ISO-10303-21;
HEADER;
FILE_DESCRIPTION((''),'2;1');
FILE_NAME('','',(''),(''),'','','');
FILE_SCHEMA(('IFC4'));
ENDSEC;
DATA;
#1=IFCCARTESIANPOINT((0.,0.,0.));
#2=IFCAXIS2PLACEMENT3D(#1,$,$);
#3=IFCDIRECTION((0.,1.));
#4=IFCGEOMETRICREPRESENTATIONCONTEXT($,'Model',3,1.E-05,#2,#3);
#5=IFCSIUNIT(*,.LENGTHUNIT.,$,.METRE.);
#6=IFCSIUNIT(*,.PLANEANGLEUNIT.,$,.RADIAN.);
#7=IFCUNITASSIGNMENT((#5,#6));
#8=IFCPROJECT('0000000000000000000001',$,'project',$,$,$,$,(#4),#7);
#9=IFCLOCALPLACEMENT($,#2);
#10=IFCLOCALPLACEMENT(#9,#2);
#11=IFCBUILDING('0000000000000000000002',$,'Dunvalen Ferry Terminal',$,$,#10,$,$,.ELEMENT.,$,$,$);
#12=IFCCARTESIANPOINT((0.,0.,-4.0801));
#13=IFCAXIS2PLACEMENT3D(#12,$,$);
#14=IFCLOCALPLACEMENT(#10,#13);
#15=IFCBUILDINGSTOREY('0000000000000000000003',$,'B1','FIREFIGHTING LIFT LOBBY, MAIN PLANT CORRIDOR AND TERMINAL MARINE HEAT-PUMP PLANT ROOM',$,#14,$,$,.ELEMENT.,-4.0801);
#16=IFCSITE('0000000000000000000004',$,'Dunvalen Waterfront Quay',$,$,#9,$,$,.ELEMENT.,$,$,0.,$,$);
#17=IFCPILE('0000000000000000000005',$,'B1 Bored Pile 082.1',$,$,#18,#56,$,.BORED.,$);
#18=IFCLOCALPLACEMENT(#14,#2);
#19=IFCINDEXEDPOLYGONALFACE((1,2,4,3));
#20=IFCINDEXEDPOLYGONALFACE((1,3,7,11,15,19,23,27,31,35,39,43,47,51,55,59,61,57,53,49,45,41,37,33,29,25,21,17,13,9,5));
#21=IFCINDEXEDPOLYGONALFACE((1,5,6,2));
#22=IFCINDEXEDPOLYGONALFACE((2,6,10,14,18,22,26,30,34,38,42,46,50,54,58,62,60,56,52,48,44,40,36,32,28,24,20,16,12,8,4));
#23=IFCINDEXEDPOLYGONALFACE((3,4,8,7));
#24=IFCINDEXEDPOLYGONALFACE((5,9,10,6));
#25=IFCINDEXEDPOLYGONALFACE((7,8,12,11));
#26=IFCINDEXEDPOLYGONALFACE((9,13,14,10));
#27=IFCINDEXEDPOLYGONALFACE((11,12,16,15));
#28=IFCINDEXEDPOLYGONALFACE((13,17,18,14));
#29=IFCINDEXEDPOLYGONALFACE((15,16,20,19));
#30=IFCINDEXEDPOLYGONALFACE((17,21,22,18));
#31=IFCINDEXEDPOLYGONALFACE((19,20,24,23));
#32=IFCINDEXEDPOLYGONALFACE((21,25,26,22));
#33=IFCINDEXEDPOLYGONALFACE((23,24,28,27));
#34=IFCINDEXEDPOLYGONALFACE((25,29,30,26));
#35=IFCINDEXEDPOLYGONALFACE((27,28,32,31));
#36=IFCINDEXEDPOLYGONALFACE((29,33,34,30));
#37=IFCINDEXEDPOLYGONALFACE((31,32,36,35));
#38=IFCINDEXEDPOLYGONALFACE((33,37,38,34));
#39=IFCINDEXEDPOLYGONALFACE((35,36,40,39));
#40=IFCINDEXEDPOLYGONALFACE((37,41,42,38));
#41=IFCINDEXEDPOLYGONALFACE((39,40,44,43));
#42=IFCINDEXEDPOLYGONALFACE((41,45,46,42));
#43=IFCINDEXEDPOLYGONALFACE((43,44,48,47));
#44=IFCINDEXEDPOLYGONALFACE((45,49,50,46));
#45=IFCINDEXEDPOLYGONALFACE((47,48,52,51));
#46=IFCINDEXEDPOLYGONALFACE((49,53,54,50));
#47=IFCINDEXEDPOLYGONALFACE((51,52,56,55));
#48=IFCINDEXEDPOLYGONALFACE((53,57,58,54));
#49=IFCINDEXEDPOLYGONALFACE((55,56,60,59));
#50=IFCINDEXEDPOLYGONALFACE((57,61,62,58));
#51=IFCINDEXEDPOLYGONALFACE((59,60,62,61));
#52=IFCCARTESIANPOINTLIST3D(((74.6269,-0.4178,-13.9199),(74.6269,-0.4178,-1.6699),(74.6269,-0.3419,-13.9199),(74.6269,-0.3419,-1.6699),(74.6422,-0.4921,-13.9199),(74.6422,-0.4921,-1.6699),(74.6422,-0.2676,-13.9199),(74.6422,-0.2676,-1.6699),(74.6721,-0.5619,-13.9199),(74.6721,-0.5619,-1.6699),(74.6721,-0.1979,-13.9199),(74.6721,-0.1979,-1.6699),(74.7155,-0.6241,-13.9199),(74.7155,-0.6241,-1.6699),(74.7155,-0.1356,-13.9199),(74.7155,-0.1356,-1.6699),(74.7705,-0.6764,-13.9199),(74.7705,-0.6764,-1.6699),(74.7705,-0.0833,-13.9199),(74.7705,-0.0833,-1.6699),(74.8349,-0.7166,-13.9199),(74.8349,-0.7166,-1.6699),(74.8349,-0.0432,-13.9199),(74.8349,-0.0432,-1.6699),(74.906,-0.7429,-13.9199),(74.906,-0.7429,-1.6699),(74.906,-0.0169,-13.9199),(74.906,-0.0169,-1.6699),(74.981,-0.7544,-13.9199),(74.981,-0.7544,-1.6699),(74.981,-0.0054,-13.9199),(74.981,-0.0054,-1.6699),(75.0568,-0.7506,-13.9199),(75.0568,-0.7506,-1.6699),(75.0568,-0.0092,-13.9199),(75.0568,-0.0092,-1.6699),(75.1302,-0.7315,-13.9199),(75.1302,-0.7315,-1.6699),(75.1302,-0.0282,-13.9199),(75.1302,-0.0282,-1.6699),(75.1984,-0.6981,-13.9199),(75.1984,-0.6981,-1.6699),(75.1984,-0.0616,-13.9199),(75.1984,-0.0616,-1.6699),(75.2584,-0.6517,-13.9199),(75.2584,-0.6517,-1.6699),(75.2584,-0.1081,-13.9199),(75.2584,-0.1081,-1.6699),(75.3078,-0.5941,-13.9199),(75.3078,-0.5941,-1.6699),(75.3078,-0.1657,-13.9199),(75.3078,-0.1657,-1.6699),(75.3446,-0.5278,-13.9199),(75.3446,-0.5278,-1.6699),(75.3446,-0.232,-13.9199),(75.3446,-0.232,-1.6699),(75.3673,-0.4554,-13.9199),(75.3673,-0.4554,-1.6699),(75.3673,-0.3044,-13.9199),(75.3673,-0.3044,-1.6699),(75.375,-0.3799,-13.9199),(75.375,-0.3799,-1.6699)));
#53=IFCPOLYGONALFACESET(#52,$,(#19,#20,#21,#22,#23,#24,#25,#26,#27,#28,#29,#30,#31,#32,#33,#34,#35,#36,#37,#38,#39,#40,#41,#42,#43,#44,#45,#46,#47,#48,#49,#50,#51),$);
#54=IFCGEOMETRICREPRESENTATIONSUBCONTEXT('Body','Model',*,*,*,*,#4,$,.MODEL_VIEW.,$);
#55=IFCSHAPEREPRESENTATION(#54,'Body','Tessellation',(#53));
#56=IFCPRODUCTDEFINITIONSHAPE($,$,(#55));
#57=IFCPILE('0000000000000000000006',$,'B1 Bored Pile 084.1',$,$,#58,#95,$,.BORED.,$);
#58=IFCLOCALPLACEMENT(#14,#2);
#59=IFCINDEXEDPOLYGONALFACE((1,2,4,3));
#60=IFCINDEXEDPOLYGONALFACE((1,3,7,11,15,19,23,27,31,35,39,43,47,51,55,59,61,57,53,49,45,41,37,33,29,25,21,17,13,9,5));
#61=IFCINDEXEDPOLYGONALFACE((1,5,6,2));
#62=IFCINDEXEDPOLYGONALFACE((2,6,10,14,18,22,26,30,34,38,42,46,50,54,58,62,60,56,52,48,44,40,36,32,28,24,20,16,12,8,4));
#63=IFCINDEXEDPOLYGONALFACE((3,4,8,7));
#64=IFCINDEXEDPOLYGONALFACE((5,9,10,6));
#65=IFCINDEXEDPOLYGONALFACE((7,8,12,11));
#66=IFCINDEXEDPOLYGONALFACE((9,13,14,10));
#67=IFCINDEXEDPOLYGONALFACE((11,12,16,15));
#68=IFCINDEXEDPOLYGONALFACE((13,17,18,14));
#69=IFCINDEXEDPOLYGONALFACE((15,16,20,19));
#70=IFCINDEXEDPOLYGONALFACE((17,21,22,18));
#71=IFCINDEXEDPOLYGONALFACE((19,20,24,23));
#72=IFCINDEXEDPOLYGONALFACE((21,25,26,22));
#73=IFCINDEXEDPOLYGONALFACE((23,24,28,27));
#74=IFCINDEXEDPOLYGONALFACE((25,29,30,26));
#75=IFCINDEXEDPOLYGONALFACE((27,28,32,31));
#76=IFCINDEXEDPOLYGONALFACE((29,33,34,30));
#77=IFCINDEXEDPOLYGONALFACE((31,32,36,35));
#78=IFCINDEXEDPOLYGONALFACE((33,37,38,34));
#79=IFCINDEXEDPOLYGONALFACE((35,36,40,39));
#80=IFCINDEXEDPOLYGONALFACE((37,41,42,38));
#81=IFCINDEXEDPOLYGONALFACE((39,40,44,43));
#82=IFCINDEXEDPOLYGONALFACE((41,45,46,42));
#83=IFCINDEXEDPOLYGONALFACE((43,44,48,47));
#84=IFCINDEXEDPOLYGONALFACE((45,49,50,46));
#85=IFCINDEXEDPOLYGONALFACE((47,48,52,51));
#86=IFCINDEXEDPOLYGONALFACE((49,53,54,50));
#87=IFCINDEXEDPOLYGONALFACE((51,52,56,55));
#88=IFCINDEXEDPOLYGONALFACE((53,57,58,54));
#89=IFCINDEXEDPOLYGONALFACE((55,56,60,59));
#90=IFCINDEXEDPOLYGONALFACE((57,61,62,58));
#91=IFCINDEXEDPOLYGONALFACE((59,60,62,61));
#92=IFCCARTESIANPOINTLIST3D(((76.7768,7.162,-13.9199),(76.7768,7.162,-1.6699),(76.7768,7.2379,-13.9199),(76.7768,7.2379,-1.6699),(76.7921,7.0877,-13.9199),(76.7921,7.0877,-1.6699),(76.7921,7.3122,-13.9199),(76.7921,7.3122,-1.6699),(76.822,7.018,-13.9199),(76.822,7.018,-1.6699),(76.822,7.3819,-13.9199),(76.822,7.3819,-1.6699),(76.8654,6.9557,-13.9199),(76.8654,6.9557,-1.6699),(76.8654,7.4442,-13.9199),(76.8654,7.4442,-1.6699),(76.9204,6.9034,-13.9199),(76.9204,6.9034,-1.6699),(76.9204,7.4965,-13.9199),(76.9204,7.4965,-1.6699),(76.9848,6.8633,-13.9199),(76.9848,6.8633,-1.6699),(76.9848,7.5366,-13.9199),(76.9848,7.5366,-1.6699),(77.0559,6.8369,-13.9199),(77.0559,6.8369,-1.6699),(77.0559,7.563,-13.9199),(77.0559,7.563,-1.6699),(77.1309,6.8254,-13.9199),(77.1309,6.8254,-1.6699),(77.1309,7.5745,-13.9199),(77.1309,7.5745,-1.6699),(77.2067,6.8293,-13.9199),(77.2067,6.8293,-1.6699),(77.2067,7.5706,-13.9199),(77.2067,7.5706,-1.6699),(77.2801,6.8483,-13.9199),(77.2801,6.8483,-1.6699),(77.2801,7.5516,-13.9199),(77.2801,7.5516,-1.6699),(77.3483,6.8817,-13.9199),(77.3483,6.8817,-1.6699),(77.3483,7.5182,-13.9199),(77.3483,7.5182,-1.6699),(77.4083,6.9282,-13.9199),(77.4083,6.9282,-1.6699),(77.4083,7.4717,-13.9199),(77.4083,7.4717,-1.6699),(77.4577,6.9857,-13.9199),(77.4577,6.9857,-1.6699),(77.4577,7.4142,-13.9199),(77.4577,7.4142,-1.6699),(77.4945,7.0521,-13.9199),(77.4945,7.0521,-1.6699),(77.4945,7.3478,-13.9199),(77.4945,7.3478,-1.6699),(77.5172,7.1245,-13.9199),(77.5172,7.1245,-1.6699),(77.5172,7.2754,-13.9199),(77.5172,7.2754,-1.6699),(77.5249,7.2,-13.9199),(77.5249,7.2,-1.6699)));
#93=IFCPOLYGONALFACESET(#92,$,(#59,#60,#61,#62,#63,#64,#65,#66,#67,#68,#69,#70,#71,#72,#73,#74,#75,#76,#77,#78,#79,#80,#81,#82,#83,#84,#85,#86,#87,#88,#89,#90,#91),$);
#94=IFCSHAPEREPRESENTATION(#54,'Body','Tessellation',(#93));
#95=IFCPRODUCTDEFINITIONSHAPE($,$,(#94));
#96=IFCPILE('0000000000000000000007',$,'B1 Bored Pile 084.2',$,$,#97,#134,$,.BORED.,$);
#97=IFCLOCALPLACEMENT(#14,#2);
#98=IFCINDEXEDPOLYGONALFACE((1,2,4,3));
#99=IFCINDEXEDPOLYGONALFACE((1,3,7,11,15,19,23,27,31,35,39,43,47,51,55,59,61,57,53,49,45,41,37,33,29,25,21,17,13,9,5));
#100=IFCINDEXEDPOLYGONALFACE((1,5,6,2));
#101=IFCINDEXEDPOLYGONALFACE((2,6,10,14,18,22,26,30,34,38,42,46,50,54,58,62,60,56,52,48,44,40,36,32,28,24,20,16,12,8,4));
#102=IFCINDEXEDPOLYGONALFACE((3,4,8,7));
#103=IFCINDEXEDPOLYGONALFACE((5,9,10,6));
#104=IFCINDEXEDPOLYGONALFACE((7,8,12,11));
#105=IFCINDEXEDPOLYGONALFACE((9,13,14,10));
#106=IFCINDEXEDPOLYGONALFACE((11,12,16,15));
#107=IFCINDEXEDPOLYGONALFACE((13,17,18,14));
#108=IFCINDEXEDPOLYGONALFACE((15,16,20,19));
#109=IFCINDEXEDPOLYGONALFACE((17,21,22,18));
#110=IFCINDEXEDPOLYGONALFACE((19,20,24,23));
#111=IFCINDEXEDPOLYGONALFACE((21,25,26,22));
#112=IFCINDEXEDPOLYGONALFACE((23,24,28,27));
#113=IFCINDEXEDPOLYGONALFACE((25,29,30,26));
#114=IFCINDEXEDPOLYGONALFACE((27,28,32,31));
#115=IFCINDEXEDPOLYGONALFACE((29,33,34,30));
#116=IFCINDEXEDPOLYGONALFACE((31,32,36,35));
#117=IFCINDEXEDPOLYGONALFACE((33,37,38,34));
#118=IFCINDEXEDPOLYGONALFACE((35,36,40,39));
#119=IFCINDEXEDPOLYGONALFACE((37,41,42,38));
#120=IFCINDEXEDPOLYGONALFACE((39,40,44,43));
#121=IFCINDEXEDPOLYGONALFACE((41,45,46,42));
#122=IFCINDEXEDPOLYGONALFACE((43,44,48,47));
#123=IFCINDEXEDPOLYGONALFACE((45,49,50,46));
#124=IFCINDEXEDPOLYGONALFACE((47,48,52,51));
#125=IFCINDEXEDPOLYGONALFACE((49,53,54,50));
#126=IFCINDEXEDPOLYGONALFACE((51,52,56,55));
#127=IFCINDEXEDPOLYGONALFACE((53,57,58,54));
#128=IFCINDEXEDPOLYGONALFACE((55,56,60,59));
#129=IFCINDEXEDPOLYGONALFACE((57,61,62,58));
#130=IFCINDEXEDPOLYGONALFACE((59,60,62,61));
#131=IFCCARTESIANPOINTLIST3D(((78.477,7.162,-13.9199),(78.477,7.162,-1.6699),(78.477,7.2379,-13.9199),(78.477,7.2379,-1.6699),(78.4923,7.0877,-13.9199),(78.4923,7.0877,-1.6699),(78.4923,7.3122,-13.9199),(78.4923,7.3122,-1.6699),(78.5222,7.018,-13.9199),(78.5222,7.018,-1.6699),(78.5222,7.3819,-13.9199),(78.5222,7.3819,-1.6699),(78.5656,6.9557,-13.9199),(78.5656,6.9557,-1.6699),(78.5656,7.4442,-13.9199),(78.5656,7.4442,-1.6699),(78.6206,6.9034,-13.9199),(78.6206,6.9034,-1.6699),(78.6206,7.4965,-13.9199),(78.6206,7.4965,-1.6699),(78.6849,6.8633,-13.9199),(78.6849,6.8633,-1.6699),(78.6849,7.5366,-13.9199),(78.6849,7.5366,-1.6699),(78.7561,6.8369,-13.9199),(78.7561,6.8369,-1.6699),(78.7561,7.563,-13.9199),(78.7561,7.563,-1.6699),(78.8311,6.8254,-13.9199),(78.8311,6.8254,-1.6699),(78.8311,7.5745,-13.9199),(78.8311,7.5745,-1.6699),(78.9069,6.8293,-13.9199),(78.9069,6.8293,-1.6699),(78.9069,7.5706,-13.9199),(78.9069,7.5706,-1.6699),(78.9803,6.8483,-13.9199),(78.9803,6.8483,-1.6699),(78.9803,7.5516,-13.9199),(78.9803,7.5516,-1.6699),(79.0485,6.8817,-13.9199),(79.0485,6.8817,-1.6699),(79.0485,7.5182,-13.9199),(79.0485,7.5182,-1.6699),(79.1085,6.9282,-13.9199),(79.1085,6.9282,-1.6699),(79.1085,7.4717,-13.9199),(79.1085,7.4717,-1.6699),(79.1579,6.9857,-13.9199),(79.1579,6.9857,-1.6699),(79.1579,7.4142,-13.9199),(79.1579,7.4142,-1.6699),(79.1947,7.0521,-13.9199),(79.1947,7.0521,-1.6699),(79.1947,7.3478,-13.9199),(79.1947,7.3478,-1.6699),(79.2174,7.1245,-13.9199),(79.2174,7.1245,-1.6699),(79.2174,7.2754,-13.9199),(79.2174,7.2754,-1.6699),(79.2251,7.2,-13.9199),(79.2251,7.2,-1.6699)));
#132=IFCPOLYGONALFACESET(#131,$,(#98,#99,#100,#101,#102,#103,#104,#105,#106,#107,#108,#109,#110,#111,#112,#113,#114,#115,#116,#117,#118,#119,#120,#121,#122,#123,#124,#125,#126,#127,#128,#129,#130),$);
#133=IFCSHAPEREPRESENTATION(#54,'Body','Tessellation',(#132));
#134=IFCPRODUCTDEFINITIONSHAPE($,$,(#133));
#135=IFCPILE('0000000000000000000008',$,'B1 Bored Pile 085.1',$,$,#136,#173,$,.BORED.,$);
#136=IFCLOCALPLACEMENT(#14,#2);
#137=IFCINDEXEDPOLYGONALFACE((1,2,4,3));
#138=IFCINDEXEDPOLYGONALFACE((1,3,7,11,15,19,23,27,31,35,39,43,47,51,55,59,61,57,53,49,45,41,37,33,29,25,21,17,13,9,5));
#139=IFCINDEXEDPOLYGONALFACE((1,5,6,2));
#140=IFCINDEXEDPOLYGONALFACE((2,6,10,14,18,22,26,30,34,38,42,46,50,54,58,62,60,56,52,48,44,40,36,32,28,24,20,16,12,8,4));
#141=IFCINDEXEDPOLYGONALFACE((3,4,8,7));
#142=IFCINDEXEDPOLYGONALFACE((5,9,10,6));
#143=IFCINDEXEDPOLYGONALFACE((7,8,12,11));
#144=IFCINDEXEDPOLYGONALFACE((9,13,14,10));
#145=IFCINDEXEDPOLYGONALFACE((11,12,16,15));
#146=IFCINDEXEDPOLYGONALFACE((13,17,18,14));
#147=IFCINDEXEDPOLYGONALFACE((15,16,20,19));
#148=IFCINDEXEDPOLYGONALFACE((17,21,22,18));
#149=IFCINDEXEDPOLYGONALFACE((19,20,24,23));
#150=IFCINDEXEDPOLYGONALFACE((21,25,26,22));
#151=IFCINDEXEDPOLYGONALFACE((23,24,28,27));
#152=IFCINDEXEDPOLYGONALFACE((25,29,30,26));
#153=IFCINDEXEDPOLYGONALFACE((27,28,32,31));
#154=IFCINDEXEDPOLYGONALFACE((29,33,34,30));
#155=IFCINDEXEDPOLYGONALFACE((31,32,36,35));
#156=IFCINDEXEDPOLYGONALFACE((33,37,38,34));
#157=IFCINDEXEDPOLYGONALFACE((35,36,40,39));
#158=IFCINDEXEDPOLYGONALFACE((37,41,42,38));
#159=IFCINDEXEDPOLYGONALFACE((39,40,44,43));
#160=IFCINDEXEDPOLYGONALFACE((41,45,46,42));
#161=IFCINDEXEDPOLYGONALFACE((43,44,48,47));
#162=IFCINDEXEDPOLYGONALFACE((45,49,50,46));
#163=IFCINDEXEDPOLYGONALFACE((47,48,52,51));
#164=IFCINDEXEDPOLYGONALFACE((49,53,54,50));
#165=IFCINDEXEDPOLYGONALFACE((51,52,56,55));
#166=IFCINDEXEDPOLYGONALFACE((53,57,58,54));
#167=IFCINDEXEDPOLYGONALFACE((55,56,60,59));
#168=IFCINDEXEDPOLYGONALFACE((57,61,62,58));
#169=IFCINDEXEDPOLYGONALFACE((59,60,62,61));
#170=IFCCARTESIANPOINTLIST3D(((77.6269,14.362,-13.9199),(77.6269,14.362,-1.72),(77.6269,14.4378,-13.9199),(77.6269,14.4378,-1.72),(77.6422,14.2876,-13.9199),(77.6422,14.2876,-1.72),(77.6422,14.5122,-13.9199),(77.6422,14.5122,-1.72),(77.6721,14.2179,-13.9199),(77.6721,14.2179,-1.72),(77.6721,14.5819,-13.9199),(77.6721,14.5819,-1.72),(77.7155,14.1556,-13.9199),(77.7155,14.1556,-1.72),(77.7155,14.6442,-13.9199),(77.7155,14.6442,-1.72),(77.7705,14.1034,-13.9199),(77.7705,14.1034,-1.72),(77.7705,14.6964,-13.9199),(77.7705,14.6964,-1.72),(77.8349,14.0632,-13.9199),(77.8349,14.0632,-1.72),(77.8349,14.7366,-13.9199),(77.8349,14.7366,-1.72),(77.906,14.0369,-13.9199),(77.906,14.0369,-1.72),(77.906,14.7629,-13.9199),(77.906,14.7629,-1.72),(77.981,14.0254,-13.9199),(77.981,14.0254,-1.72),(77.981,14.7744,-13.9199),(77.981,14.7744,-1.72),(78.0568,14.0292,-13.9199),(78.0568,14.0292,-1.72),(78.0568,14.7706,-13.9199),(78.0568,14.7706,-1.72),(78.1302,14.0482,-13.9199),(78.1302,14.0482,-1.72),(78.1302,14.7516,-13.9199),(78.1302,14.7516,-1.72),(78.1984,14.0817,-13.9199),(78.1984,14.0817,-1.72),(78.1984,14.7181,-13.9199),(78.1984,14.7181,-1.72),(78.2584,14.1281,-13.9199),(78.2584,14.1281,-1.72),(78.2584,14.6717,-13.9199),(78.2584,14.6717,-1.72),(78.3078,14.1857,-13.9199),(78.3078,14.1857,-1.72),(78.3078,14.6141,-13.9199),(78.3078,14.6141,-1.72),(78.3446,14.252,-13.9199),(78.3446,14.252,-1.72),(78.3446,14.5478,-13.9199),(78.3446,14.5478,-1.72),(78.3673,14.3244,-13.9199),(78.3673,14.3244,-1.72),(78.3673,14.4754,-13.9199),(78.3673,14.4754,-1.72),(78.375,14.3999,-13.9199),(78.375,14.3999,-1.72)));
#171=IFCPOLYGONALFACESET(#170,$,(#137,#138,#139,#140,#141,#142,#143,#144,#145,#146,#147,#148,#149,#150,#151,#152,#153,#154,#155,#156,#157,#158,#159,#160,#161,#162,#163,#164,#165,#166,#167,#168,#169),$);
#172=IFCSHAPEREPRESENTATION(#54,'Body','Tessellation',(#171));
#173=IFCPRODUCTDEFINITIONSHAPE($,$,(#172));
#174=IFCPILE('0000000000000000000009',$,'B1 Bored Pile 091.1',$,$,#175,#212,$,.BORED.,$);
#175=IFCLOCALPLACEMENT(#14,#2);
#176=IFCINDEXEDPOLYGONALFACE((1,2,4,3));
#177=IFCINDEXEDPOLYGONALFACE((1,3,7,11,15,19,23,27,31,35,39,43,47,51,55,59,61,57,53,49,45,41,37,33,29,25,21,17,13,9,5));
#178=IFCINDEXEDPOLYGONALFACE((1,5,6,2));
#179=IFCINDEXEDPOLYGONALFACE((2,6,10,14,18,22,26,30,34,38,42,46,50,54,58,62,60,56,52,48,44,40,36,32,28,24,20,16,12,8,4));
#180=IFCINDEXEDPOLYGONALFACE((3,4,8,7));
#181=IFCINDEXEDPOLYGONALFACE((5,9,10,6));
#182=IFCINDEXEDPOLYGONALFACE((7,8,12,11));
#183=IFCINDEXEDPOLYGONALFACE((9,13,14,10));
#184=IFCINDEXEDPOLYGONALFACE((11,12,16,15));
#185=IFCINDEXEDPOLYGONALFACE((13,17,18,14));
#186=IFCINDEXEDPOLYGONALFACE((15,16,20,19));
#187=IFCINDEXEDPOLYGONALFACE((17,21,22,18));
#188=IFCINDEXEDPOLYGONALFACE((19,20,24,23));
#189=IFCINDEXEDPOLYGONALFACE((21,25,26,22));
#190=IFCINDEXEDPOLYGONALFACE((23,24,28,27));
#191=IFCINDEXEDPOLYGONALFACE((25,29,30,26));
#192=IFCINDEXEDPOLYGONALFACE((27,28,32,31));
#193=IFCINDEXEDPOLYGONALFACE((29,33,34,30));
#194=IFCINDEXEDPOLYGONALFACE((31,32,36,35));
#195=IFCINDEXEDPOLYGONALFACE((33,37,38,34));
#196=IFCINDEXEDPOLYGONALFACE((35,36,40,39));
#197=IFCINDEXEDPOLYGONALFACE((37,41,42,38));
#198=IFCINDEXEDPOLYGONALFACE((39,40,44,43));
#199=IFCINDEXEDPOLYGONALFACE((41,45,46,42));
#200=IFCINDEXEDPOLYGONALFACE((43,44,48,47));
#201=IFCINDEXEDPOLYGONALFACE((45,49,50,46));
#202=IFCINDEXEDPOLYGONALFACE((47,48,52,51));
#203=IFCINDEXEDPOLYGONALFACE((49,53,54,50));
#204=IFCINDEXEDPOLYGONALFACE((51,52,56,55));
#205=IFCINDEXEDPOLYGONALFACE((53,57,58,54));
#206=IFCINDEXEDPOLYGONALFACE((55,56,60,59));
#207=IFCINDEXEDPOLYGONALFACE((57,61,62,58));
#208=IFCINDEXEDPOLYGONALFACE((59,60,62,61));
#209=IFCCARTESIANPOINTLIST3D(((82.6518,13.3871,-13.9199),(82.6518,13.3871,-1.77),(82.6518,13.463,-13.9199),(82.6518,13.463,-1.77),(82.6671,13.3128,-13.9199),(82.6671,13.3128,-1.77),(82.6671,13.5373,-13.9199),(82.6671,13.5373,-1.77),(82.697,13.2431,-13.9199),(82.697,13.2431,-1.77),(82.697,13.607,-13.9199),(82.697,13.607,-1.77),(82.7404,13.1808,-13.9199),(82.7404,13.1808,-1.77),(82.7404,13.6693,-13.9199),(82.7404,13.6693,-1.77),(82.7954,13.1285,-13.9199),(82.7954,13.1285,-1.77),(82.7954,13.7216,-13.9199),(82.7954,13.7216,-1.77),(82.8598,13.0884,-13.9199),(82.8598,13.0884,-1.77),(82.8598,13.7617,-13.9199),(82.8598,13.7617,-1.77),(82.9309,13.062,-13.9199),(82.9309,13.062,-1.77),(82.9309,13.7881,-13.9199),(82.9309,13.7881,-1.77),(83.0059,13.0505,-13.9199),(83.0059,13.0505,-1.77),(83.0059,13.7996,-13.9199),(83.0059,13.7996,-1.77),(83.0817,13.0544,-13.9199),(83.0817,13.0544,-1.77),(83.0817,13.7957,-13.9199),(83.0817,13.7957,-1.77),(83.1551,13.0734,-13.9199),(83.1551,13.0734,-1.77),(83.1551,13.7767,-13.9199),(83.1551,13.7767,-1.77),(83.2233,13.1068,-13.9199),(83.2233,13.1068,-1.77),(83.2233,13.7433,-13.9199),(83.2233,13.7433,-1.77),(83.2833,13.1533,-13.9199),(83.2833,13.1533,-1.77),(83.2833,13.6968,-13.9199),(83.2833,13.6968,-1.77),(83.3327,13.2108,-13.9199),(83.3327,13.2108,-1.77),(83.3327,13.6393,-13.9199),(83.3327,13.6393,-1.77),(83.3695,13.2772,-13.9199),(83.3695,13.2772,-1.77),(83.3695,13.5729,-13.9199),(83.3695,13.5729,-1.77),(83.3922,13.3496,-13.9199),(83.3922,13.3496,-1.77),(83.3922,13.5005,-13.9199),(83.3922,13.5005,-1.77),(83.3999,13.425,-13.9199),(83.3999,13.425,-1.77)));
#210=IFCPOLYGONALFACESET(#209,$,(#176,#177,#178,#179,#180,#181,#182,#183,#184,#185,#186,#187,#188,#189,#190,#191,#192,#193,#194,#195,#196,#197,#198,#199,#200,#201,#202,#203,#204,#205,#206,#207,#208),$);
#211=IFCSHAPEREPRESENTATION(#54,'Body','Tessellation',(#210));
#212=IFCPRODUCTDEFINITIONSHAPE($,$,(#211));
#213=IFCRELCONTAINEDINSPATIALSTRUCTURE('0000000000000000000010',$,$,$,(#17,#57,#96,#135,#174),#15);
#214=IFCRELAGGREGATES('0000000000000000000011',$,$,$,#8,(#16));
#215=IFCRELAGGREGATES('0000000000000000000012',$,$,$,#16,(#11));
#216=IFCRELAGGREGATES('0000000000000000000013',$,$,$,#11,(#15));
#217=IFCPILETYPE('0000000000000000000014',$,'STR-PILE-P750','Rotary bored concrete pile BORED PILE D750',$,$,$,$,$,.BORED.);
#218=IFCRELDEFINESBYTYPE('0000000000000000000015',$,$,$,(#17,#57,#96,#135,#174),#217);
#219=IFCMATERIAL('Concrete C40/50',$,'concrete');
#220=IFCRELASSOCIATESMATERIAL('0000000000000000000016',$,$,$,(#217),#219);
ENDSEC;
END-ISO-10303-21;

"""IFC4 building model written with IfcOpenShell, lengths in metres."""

from ifc_helpers import new_model, si_unit, direction, frame, origin, origin_2d, place, context, subcontext, project, spatial, circle, extrude, material, material_profile, profile_set, type_object, element, save


model = new_model("IFC4")

# Units and contexts
model_context = context("Model", 3, precision=1e-05, world=origin(), true_north=direction((0.0, 1.0)))
body_context = subcontext(model_context, "Body", "Model", "MODEL_VIEW")
ifc_project = project(units=[si_unit("LENGTHUNIT", "METRE"), si_unit("PLANEANGLEUNIT", "RADIAN")], contexts=[model_context])

# Site, building, storey
site_placement = place(None, origin())
site = spatial("IfcSite", under=ifc_project, at=site_placement, Name="Dunvalen Waterfront Quay", CompositionType="ELEMENT", RefElevation=0.0)
building_placement = place(site_placement, origin())
building = spatial("IfcBuilding", under=site, at=building_placement, Name="Dunvalen Ferry Terminal", CompositionType="ELEMENT")
storey_placement = place(building_placement, frame((0.0, 0.0, -4.0801)))
storey = spatial("IfcBuildingStorey", under=building, at=storey_placement, Name="B1", Description="FIREFIGHTING LIFT LOBBY, MAIN PLANT CORRIDOR AND TERMINAL MARINE HEAT-PUMP PLANT ROOM", CompositionType="ELEMENT", Elevation=-4.0801)

# Shared definitions
ifc_material = material(Name="Concrete C40/50", Category="concrete")

# Piles
ifc_material_profile_1 = material_profile(ifc_material, circle(Radius=0.375, at=origin_2d()), Name="Concrete C40/50")
ifc_profile_set_1 = profile_set([ifc_material_profile_1], Name="Concrete C40/50")
pile_type_1 = type_object("IfcPileType", Name="STR-PILE-P750", Description="Rotary bored concrete pile BORED PILE D750", PredefinedType="BORED", material=ifc_profile_set_1)
for number, where, z_axis, x_axis, name in (
    (1, (75.0, -0.3799, -1.6699), (0.0, 0.0, -1.0), (1.0, 0.0, 0.0), "B1 Bored Pile 082.1"),
    (2, (77.1499, 7.2, -1.6699), (0.0, 0.0, -1.0), (1.0, 0.0, 0.0), "B1 Bored Pile 084.1"),
    (3, (78.8501, 7.2, -1.6699), (0.0, 0.0, -1.0), (1.0, 0.0, 0.0), "B1 Bored Pile 084.2"),
):
    element("IfcPile", number, at=place(storey_placement, frame(where, z_axis=z_axis, x_axis=x_axis)), inside=storey, type_object=pile_type_1, Name=name, PredefinedType="BORED", context=body_context, shape_type="SweptSolid", body=[
        extrude(circle(Radius=0.375, at=origin_2d()), origin(), (0.0, 0.0, 1.0), 12.25),
    ])
pile_1_placement = place(storey_placement, frame((78.0, 14.3999, -1.72), z_axis=(0.0, 0.0, -1.0), x_axis=(1.0, 0.0, 0.0)))
element("IfcPile", 4, at=pile_1_placement, inside=storey, type_object=pile_type_1, Name="B1 Bored Pile 085.1", PredefinedType="BORED", context=body_context, shape_type="SweptSolid", body=[
    extrude(circle(Radius=0.375, at=origin_2d()), origin(), (0.0, 0.0, 1.0), 12.2),
])
for number, where, z_axis, x_axis, name in (
    (5, (83.0249, 13.425, -1.77), (0.0, 0.0, -1.0), (1.0, 0.0, 0.0), "B1 Bored Pile 091.1"),
):
    element("IfcPile", number, at=place(storey_placement, frame(where, z_axis=z_axis, x_axis=x_axis)), inside=storey, type_object=pile_type_1, Name=name, PredefinedType="BORED", context=body_context, shape_type="SweptSolid", body=[
        extrude(circle(Radius=0.375, at=origin_2d()), origin(), (0.0, 0.0, 1.0), 12.1499),
    ])

save(model, "model.ifc")
